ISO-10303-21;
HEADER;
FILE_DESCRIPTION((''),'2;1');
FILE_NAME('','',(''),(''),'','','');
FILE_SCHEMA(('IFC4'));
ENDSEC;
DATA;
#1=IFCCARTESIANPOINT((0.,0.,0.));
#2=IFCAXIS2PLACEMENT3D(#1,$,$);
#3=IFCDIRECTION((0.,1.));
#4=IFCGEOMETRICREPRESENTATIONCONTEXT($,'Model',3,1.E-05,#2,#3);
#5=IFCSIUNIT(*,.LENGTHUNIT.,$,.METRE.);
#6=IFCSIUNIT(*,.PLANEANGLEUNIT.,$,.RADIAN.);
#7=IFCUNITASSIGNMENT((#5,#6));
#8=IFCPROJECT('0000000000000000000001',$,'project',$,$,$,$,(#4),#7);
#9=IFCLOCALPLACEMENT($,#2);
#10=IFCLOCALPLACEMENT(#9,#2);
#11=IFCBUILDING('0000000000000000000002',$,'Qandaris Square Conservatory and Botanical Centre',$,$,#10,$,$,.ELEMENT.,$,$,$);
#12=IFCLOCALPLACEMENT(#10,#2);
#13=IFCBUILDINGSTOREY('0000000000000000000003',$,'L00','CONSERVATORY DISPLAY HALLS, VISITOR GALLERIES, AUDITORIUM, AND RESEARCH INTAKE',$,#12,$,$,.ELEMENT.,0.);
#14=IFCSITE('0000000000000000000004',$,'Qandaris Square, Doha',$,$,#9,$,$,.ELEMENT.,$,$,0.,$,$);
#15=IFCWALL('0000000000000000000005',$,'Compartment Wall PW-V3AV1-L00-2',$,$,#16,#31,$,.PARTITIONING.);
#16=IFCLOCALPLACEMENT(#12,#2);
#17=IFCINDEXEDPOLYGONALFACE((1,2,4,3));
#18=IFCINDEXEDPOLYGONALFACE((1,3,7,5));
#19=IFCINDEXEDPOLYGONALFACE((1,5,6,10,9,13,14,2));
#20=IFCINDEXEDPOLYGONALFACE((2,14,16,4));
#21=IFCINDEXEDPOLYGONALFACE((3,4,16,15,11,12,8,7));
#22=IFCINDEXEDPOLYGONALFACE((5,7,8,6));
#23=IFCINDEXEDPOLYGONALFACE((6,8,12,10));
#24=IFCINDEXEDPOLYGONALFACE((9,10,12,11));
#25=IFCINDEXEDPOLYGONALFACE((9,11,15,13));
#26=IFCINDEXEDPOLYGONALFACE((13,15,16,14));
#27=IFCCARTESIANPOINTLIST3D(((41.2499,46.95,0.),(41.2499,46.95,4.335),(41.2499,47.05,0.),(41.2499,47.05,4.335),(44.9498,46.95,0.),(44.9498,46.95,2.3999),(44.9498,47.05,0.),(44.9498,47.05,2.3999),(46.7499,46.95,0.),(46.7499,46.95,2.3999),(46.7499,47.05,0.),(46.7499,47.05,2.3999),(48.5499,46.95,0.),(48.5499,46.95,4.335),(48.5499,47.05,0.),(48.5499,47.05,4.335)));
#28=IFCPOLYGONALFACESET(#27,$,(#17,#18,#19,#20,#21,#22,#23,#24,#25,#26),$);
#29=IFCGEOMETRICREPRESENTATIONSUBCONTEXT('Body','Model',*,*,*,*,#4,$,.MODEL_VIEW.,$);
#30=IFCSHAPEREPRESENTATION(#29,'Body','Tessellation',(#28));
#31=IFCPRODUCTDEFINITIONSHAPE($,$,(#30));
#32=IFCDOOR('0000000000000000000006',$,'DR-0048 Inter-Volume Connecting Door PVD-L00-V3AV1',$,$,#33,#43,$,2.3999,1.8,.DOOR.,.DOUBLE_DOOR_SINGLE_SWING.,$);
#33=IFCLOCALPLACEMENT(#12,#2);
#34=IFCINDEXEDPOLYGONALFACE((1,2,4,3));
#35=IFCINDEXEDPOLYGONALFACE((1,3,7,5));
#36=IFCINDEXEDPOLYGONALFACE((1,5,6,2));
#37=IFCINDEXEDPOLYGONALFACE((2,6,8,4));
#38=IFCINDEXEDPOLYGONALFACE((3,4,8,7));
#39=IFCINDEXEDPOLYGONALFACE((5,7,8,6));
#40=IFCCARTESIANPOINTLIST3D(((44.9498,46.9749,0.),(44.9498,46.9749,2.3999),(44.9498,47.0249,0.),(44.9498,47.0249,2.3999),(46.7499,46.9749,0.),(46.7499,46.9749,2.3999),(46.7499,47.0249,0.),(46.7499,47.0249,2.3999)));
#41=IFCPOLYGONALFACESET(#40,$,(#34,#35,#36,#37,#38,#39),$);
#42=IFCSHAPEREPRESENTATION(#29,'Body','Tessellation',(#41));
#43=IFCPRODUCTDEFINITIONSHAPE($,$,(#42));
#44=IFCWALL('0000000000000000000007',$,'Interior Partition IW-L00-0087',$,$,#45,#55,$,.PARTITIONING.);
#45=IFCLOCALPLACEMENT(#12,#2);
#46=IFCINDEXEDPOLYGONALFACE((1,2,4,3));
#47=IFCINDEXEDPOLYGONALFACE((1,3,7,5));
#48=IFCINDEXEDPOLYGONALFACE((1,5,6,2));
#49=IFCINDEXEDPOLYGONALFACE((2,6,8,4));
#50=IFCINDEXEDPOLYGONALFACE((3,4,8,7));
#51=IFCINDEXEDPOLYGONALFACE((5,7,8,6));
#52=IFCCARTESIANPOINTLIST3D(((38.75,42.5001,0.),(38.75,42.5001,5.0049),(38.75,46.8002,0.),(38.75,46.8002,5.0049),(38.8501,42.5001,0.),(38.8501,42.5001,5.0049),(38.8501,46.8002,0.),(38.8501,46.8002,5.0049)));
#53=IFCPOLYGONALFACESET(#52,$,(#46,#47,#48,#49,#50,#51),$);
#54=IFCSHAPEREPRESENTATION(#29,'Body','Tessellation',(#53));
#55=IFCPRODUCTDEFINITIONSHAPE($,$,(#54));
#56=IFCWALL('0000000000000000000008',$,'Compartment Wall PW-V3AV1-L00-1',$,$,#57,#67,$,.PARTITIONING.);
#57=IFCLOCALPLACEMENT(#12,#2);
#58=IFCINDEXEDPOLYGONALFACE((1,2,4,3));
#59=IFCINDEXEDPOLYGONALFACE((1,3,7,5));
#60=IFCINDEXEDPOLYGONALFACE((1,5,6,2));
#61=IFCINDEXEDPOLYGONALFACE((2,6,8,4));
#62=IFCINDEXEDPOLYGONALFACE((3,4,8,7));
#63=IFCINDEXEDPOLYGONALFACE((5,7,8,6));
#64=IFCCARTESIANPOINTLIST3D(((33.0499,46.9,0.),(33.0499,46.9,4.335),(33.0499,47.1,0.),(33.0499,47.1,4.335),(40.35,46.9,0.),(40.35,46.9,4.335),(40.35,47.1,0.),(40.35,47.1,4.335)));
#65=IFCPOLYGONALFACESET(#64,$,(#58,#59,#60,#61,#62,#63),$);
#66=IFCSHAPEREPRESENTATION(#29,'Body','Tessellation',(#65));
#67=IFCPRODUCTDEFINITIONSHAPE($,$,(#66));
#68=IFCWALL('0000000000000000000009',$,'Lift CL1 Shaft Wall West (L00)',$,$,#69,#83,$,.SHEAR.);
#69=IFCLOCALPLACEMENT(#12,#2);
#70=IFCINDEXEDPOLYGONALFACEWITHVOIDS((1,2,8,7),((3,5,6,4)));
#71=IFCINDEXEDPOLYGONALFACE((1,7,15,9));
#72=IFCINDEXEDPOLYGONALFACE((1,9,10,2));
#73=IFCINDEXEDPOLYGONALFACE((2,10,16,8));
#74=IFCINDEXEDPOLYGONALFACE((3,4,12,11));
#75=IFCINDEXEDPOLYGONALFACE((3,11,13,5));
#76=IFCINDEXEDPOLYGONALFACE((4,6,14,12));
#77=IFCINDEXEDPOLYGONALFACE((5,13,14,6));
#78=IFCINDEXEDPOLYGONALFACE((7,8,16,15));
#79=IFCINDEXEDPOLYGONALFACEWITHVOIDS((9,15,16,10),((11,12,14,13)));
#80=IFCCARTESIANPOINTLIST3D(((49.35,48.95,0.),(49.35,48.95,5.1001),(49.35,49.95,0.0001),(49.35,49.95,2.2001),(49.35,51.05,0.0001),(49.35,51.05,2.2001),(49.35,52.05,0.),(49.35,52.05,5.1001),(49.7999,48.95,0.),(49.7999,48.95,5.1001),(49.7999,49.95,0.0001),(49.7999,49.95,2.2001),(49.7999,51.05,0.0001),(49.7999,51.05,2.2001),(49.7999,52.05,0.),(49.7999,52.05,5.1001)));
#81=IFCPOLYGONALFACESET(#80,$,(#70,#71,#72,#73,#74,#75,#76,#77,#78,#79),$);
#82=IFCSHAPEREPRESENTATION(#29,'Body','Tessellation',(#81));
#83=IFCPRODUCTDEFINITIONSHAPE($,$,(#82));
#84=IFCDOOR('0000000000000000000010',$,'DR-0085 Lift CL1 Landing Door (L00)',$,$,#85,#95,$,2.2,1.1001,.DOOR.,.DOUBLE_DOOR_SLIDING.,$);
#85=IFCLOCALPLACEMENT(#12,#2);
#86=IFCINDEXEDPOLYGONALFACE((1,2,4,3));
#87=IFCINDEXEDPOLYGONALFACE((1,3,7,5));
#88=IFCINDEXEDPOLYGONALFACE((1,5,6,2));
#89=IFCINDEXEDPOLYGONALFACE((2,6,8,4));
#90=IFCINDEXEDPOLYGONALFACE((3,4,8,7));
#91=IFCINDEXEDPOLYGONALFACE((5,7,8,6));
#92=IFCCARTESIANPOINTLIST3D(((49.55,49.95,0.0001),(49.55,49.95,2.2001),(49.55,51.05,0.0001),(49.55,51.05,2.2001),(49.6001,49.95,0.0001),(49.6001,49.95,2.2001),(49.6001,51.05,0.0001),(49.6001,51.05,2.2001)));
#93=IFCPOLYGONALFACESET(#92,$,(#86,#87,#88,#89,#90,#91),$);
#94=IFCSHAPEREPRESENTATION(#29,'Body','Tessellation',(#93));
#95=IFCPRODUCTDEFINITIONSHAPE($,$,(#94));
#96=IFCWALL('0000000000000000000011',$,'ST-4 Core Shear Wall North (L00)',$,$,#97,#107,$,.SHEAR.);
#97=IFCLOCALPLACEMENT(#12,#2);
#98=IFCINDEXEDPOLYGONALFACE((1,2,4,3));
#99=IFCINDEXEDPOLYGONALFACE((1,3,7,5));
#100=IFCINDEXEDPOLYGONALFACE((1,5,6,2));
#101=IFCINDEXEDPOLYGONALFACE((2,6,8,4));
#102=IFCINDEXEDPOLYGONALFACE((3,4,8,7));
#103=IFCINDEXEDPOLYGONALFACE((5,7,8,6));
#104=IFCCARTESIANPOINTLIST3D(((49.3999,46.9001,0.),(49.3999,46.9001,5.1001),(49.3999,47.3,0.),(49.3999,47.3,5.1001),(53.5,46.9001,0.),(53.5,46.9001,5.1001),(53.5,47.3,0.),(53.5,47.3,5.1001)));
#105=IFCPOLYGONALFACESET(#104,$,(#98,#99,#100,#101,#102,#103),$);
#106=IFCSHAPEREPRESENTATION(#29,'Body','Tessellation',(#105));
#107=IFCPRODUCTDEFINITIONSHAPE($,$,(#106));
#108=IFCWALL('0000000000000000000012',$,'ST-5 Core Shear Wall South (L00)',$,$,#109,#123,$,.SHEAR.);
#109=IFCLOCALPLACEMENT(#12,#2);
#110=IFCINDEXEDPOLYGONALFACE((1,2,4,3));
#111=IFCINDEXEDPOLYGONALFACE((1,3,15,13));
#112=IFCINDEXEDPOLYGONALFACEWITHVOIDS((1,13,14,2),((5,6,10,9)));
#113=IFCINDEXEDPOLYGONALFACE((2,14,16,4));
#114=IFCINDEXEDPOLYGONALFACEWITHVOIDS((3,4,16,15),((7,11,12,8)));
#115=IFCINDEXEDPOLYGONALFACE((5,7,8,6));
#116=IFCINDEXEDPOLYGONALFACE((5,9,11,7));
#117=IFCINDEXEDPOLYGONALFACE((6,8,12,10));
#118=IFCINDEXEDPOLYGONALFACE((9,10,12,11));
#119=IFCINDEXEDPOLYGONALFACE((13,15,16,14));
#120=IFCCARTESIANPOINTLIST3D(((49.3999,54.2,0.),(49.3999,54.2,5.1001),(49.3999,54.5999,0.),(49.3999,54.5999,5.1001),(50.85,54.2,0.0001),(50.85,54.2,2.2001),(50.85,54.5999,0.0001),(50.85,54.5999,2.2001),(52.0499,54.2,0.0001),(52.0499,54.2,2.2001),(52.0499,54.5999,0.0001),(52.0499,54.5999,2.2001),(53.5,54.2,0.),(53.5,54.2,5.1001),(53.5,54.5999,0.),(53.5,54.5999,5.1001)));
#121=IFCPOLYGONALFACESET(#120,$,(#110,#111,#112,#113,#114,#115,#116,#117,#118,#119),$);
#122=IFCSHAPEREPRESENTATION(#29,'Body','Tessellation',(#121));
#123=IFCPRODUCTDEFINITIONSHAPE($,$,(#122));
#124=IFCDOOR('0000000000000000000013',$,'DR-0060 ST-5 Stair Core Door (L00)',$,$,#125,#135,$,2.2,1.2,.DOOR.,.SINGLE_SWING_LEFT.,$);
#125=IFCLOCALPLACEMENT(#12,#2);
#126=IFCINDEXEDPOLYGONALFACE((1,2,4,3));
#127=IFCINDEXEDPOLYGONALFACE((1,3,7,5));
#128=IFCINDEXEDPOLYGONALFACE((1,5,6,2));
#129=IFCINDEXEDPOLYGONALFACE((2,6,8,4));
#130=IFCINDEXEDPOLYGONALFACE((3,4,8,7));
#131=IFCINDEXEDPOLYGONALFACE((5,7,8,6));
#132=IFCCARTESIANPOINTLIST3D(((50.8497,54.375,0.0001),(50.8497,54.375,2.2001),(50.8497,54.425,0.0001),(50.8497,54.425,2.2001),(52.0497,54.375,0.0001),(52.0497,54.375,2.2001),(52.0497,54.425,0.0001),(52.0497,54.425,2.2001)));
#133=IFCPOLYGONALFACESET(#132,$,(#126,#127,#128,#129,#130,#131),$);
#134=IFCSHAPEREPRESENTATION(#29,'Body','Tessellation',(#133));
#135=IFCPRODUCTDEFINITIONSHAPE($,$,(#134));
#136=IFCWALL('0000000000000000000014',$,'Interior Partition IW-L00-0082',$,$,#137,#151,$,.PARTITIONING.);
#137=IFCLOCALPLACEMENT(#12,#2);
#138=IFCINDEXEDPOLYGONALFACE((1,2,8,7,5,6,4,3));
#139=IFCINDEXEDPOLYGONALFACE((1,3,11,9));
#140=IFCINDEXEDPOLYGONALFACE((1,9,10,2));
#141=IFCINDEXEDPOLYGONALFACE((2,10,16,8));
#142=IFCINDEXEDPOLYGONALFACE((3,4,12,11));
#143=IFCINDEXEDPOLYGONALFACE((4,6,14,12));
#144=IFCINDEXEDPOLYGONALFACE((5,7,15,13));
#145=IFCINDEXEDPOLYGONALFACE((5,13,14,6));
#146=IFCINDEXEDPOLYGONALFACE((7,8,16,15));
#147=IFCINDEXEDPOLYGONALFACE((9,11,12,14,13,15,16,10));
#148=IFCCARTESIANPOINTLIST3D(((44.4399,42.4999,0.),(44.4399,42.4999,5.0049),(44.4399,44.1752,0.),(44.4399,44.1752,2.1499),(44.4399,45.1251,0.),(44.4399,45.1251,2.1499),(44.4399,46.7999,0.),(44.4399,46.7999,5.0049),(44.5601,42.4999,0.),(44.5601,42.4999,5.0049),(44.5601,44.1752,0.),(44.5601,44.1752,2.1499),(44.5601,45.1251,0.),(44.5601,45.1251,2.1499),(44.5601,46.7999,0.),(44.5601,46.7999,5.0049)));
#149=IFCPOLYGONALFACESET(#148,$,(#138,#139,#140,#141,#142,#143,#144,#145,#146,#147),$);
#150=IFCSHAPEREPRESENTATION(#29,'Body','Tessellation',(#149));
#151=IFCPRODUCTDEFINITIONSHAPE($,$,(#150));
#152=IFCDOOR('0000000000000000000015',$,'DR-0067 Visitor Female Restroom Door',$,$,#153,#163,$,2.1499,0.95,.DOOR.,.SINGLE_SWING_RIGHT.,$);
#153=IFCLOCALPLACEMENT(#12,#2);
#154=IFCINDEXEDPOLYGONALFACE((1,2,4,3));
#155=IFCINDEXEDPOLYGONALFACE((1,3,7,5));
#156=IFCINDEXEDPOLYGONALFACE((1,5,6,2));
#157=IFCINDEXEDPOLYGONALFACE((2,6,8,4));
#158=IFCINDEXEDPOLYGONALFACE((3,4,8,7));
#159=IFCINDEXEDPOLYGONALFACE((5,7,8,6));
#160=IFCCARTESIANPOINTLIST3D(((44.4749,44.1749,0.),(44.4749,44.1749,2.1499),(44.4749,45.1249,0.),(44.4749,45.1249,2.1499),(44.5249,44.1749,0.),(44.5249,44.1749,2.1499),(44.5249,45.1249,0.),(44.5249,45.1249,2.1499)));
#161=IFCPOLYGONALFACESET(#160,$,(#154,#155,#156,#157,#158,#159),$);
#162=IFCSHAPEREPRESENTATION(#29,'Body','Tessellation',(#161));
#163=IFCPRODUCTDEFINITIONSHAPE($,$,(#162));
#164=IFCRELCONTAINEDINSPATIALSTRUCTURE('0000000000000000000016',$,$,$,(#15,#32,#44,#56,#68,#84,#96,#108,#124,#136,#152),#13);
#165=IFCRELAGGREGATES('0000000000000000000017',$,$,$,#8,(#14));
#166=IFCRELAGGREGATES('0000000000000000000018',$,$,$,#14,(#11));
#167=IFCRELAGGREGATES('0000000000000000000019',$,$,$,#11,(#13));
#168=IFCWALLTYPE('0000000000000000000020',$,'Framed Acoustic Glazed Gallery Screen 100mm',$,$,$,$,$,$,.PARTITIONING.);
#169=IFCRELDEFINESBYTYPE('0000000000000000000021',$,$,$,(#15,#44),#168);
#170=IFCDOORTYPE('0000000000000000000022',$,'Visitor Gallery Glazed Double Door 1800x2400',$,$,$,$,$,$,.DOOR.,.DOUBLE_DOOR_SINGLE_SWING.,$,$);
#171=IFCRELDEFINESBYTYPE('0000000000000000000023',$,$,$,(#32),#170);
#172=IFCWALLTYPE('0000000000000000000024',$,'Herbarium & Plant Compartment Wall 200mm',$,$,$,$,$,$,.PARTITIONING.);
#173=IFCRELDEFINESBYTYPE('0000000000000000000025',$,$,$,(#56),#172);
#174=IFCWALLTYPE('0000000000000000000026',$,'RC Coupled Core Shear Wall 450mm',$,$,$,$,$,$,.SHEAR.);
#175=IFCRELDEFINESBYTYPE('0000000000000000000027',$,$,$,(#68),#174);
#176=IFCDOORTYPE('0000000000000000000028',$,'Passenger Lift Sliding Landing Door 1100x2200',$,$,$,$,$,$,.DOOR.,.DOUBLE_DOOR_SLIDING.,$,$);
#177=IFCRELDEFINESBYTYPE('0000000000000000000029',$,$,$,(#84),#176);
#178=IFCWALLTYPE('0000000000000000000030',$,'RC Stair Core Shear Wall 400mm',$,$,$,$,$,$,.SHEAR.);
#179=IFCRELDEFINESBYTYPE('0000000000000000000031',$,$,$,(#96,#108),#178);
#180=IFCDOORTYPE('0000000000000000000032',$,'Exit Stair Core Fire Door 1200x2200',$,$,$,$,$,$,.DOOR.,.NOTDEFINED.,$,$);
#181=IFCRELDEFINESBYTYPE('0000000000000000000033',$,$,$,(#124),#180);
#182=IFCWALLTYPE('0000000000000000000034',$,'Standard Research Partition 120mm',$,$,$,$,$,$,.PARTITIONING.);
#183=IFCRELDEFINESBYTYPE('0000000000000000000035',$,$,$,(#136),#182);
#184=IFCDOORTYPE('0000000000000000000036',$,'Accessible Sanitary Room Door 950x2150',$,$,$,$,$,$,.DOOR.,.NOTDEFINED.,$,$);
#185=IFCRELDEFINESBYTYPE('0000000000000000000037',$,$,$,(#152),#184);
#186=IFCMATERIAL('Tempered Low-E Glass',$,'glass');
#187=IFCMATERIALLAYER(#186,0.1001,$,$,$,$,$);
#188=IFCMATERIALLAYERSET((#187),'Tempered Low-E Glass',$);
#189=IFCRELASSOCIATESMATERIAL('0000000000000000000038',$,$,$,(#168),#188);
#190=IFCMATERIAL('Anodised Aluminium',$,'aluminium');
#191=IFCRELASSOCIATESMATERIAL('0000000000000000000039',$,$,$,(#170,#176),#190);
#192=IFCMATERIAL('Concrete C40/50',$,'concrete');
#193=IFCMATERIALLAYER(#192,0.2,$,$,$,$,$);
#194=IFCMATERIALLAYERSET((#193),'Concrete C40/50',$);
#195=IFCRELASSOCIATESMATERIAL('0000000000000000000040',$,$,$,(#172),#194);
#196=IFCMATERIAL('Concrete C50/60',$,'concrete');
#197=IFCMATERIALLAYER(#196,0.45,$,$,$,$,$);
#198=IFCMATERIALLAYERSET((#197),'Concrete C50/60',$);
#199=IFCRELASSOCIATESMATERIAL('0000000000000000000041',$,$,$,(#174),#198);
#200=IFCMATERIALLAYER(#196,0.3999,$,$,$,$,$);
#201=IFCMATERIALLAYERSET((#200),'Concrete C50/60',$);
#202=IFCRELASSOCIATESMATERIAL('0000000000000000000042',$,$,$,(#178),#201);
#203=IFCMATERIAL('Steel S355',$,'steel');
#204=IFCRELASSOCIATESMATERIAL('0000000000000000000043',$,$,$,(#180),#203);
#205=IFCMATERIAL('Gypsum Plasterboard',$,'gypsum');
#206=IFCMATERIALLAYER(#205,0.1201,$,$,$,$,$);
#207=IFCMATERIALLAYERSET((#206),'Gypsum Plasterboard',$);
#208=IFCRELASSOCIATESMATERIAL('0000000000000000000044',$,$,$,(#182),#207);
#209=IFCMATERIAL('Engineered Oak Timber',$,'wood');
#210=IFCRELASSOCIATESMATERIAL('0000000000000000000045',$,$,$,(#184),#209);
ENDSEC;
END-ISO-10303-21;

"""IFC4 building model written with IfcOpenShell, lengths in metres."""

from ifc_helpers import new_model, si_unit, direction, frame, frame_2d, origin, place, context, subcontext, project, spatial, rectangle, extrude, material, layer, layer_set, type_object, element, fill, save


model = new_model("IFC4")

# Units and contexts
model_context = context("Model", 3, precision=1e-05, world=origin(), true_north=direction((0.0, 1.0)))
body_context = subcontext(model_context, "Body", "Model", "MODEL_VIEW")
ifc_project = project(units=[si_unit("LENGTHUNIT", "METRE"), si_unit("PLANEANGLEUNIT", "RADIAN")], contexts=[model_context])

# Site, building, storey
site_placement = place(None, origin())
site = spatial("IfcSite", under=ifc_project, at=site_placement, Name="Qandaris Square, Doha", CompositionType="ELEMENT", RefElevation=0.0)
building_placement = place(site_placement, origin())
building = spatial("IfcBuilding", under=site, at=building_placement, Name="Qandaris Square Conservatory and Botanical Centre", CompositionType="ELEMENT")
storey_placement = place(building_placement, origin())
storey = spatial("IfcBuildingStorey", under=building, at=storey_placement, Name="L00", Description="CONSERVATORY DISPLAY HALLS, VISITOR GALLERIES, AUDITORIUM, AND RESEARCH INTAKE", CompositionType="ELEMENT", Elevation=0.0)

# Shared definitions
ifc_material_1 = material(Name="Concrete C50/60", Category="concrete")

# Shared definitions
ifc_material_2 = material(Name="Steel S355", Category="steel")

# Shared definitions
ifc_material_3 = material(Name="Anodised Aluminium", Category="aluminium")

# Wall, opening, door
ifc_material_4 = material(Name="Tempered Low-E Glass", Category="glass")
ifc_layer_1 = layer(ifc_material_4, 0.1001)
ifc_layer_set_1 = layer_set([ifc_layer_1], Name="Tempered Low-E Glass")
wall_type_1 = type_object("IfcWallType", Name="Framed Acoustic Glazed Gallery Screen 100mm", PredefinedType="PARTITIONING", material=ifc_layer_set_1)
wall_1_placement = place(storey_placement, frame((41.25, 47.0, 0.0), z_axis=(0.0, 0.0, 1.0), x_axis=(1.0, 0.0, 0.0)))
wall_1 = element("IfcWall", 1, at=wall_1_placement, inside=storey, type_object=wall_type_1, Name="Compartment Wall PW-V3AV1-L00-2", PredefinedType="PARTITIONING", context=body_context, shape_type="SweptSolid", body=[
    extrude(rectangle(XDim=7.3, YDim=0.1001, at=frame_2d((3.6499, 0.0))), origin(), (0.0, 0.0, 1.0), 4.335),
])
opening_1_placement = place(wall_1_placement, frame((3.7, 0.0, 0.0)))
opening_1 = element("IfcOpeningElement", 2, at=opening_1_placement, cuts=wall_1, PredefinedType="OPENING", context=body_context, shape_type="SweptSolid", body=[
    extrude(rectangle(XDim=1.8, YDim=2.3999, at=frame_2d((0.8999, 1.2))), frame((0.0, 0.062, 0.0), z_axis=(0.0, -1.0, 0.0), x_axis=(1.0, 0.0, 0.0)), (0.0, 0.0, 1.0), 0.124),
])
door_type_1 = type_object("IfcDoorType", Name="Visitor Gallery Glazed Double Door 1800x2400", OperationType="DOUBLE_DOOR_SINGLE_SWING", PredefinedType="DOOR", material=ifc_material_3)
door_1_placement = place(opening_1_placement, origin())
door_1 = element("IfcDoor", 3, at=door_1_placement, inside=storey, type_object=door_type_1, Name="DR-0048 Inter-Volume Connecting Door PVD-L00-V3AV1", OperationType="DOUBLE_DOOR_SINGLE_SWING", OverallHeight=2.3999, OverallWidth=1.8, PredefinedType="DOOR", context=body_context, shape_type="SweptSolid", body=[
    extrude(rectangle(XDim=1.8, YDim=2.3999, at=frame_2d((0.8999, 1.2))), frame((0.0, 0.0249, 0.0), z_axis=(0.0, -1.0, 0.0), x_axis=(1.0, 0.0, 0.0)), (0.0, 0.0, 1.0), 0.05),
])
fill(opening_1, door_1)

# Walls
wall_2_placement = place(storey_placement, frame((38.8, 46.8, 0.0), z_axis=(0.0, 0.0, 1.0), x_axis=(0.0, -1.0, 0.0)))
element("IfcWall", 4, at=wall_2_placement, inside=storey, type_object=wall_type_1, Name="Interior Partition IW-L00-0087", PredefinedType="PARTITIONING", context=body_context, shape_type="SweptSolid", body=[
    extrude(rectangle(XDim=4.3, YDim=0.1001, at=frame_2d((2.1499, 0.0))), origin(), (0.0, 0.0, 1.0), 5.0049),
])
ifc_material_5 = material(Name="Concrete C40/50", Category="concrete")
ifc_layer_2 = layer(ifc_material_5, 0.2)
ifc_layer_set_2 = layer_set([ifc_layer_2], Name="Concrete C40/50")
wall_type_2 = type_object("IfcWallType", Name="Herbarium & Plant Compartment Wall 200mm", PredefinedType="PARTITIONING", material=ifc_layer_set_2)
wall_3_placement = place(storey_placement, frame((33.05, 47.0, 0.0), z_axis=(0.0, 0.0, 1.0), x_axis=(1.0, 0.0, 0.0)))
element("IfcWall", 5, at=wall_3_placement, inside=storey, type_object=wall_type_2, Name="Compartment Wall PW-V3AV1-L00-1", PredefinedType="PARTITIONING", context=body_context, shape_type="SweptSolid", body=[
    extrude(rectangle(XDim=7.3, YDim=0.2, at=frame_2d((3.6499, 0.0))), origin(), (0.0, 0.0, 1.0), 4.335),
])

# Wall, opening, door
ifc_layer_3 = layer(ifc_material_1, 0.45)
ifc_layer_set_3 = layer_set([ifc_layer_3], Name="Concrete C50/60")
wall_type_3 = type_object("IfcWallType", Name="RC Coupled Core Shear Wall 450mm", PredefinedType="SHEAR", material=ifc_layer_set_3)
wall_4_placement = place(storey_placement, frame((49.575, 48.95, 0.0), z_axis=(0.0, 0.0, 1.0), x_axis=(0.0, 1.0, 0.0)))
wall_4 = element("IfcWall", 6, at=wall_4_placement, inside=storey, type_object=wall_type_3, Name="Lift CL1 Shaft Wall West (L00)", PredefinedType="SHEAR", context=body_context, shape_type="SweptSolid", body=[
    extrude(rectangle(XDim=3.1001, YDim=0.45, at=frame_2d((1.55, 0.0))), origin(), (0.0, 0.0, 1.0), 5.1001),
])
opening_2_placement = place(wall_4_placement, frame((1.0, 0.0, 0.0)))
opening_2 = element("IfcOpeningElement", 7, at=opening_2_placement, cuts=wall_4, PredefinedType="OPENING", context=body_context, shape_type="SweptSolid", body=[
    extrude(rectangle(XDim=1.1001, YDim=2.2, at=frame_2d((0.55, 1.1001))), frame((0.0, 0.2368, 0.0), z_axis=(0.0, -1.0, 0.0), x_axis=(1.0, 0.0, 0.0)), (0.0, 0.0, 1.0), 0.4739),
])
door_type_2 = type_object("IfcDoorType", Name="Passenger Lift Sliding Landing Door 1100x2200", OperationType="DOUBLE_DOOR_SLIDING", PredefinedType="DOOR", material=ifc_material_3)
door_2_placement = place(opening_2_placement, origin())
door_2 = element("IfcDoor", 8, at=door_2_placement, inside=storey, type_object=door_type_2, Name="DR-0085 Lift CL1 Landing Door (L00)", OperationType="DOUBLE_DOOR_SLIDING", OverallHeight=2.2, OverallWidth=1.1001, PredefinedType="DOOR", context=body_context, shape_type="SweptSolid", body=[
    extrude(rectangle(XDim=1.1001, YDim=2.2, at=frame_2d((0.55, 1.1001))), frame((0.0, 0.0249, 0.0), z_axis=(0.0, -1.0, 0.0), x_axis=(1.0, 0.0, 0.0)), (0.0, 0.0, 1.0), 0.05),
])
fill(opening_2, door_2)

# Wall
ifc_layer_4 = layer(ifc_material_1, 0.3999)
ifc_layer_set_4 = layer_set([ifc_layer_4], Name="Concrete C50/60")
wall_type_4 = type_object("IfcWallType", Name="RC Stair Core Shear Wall 400mm", PredefinedType="SHEAR", material=ifc_layer_set_4)
wall_5_placement = place(storey_placement, frame((49.3999, 47.1001, 0.0), z_axis=(0.0, 0.0, 1.0), x_axis=(1.0, 0.0, 0.0)))
element("IfcWall", 9, at=wall_5_placement, inside=storey, type_object=wall_type_4, Name="ST-4 Core Shear Wall North (L00)", PredefinedType="SHEAR", context=body_context, shape_type="SweptSolid", body=[
    extrude(rectangle(XDim=4.1001, YDim=0.3999, at=frame_2d((2.05, 0.0))), origin(), (0.0, 0.0, 1.0), 5.1001),
])

# Walls, openings, doors
wall_6_placement = place(storey_placement, frame((49.3999, 54.3999, 0.0), z_axis=(0.0, 0.0, 1.0), x_axis=(1.0, 0.0, 0.0)))
wall_6 = element("IfcWall", 10, at=wall_6_placement, inside=storey, type_object=wall_type_4, Name="ST-5 Core Shear Wall South (L00)", PredefinedType="SHEAR", context=body_context, shape_type="SweptSolid", body=[
    extrude(rectangle(XDim=4.1001, YDim=0.3999, at=frame_2d((2.05, 0.0))), origin(), (0.0, 0.0, 1.0), 5.1001),
])
opening_3_placement = place(wall_6_placement, frame((1.45, 0.0, 0.0)))
opening_3 = element("IfcOpeningElement", 11, at=opening_3_placement, cuts=wall_6, PredefinedType="OPENING", context=body_context, shape_type="SweptSolid", body=[
    extrude(rectangle(XDim=1.2, YDim=2.2, at=frame_2d((0.6001, 1.1001))), frame((0.0, 0.2119, 0.0), z_axis=(0.0, -1.0, 0.0), x_axis=(1.0, 0.0, 0.0)), (0.0, 0.0, 1.0), 0.4238),
])
door_type_3 = type_object("IfcDoorType", Name="Exit Stair Core Fire Door 1200x2200", OperationType="NOTDEFINED", PredefinedType="DOOR", material=ifc_material_2)
door_3_placement = place(opening_3_placement, frame((1.2, 0.0, 0.0), z_axis=(0.0, 0.0, 1.0), x_axis=(-1.0, 0.0, 0.0)))
door_3 = element("IfcDoor", 12, at=door_3_placement, inside=storey, type_object=door_type_3, Name="DR-0060 ST-5 Stair Core Door (L00)", OperationType="SINGLE_SWING_LEFT", OverallHeight=2.2, OverallWidth=1.2, PredefinedType="DOOR", context=body_context, shape_type="SweptSolid", body=[
    extrude(rectangle(XDim=1.2, YDim=2.2, at=frame_2d((0.6001, 1.1001))), frame((0.0, 0.0249, 0.0), z_axis=(0.0, -1.0, 0.0), x_axis=(1.0, 0.0, 0.0)), (0.0, 0.0, 1.0), 0.05),
])
fill(opening_3, door_3)
ifc_material_6 = material(Name="Gypsum Plasterboard", Category="gypsum")
ifc_layer_5 = layer(ifc_material_6, 0.1201)
ifc_layer_set_5 = layer_set([ifc_layer_5], Name="Gypsum Plasterboard")
wall_type_5 = type_object("IfcWallType", Name="Standard Research Partition 120mm", PredefinedType="PARTITIONING", material=ifc_layer_set_5)
wall_7_placement = place(storey_placement, frame((44.5, 42.5, 0.0), z_axis=(0.0, 0.0, 1.0), x_axis=(0.0, 1.0, 0.0)))
wall_7 = element("IfcWall", 13, at=wall_7_placement, inside=storey, type_object=wall_type_5, Name="Interior Partition IW-L00-0082", PredefinedType="PARTITIONING", context=body_context, shape_type="SweptSolid", body=[
    extrude(rectangle(XDim=4.3, YDim=0.1201, at=frame_2d((2.1499, 0.0))), origin(), (0.0, 0.0, 1.0), 5.0049),
])
opening_4_placement = place(wall_7_placement, frame((1.675, 0.0, 0.0)))
opening_4 = element("IfcOpeningElement", 14, at=opening_4_placement, cuts=wall_7, PredefinedType="OPENING", context=body_context, shape_type="SweptSolid", body=[
    extrude(rectangle(XDim=0.95, YDim=2.1499, at=frame_2d((0.4751, 1.075))), frame((0.0, 0.072, 0.0), z_axis=(0.0, -1.0, 0.0), x_axis=(1.0, 0.0, 0.0)), (0.0, 0.0, 1.0), 0.144),
])
ifc_material_7 = material(Name="Engineered Oak Timber", Category="wood")
door_type_4 = type_object("IfcDoorType", Name="Accessible Sanitary Room Door 950x2150", OperationType="NOTDEFINED", PredefinedType="DOOR", material=ifc_material_7)
door_4_placement = place(opening_4_placement, frame((0.95, 0.0, 0.0), z_axis=(0.0, 0.0, 1.0), x_axis=(-1.0, 0.0, 0.0)))
door_4 = element("IfcDoor", 15, at=door_4_placement, inside=storey, type_object=door_type_4, Name="DR-0067 Visitor Female Restroom Door", OperationType="SINGLE_SWING_RIGHT", OverallHeight=2.1499, OverallWidth=0.95, PredefinedType="DOOR", context=body_context, shape_type="SweptSolid", body=[
    extrude(rectangle(XDim=0.95, YDim=2.1499, at=frame_2d((0.4751, 1.075))), frame((0.0, 0.0249, 0.0), z_axis=(0.0, -1.0, 0.0), x_axis=(1.0, 0.0, 0.0)), (0.0, 0.0, 1.0), 0.05),
])
fill(opening_4, door_4)

save(model, "model.ifc")
